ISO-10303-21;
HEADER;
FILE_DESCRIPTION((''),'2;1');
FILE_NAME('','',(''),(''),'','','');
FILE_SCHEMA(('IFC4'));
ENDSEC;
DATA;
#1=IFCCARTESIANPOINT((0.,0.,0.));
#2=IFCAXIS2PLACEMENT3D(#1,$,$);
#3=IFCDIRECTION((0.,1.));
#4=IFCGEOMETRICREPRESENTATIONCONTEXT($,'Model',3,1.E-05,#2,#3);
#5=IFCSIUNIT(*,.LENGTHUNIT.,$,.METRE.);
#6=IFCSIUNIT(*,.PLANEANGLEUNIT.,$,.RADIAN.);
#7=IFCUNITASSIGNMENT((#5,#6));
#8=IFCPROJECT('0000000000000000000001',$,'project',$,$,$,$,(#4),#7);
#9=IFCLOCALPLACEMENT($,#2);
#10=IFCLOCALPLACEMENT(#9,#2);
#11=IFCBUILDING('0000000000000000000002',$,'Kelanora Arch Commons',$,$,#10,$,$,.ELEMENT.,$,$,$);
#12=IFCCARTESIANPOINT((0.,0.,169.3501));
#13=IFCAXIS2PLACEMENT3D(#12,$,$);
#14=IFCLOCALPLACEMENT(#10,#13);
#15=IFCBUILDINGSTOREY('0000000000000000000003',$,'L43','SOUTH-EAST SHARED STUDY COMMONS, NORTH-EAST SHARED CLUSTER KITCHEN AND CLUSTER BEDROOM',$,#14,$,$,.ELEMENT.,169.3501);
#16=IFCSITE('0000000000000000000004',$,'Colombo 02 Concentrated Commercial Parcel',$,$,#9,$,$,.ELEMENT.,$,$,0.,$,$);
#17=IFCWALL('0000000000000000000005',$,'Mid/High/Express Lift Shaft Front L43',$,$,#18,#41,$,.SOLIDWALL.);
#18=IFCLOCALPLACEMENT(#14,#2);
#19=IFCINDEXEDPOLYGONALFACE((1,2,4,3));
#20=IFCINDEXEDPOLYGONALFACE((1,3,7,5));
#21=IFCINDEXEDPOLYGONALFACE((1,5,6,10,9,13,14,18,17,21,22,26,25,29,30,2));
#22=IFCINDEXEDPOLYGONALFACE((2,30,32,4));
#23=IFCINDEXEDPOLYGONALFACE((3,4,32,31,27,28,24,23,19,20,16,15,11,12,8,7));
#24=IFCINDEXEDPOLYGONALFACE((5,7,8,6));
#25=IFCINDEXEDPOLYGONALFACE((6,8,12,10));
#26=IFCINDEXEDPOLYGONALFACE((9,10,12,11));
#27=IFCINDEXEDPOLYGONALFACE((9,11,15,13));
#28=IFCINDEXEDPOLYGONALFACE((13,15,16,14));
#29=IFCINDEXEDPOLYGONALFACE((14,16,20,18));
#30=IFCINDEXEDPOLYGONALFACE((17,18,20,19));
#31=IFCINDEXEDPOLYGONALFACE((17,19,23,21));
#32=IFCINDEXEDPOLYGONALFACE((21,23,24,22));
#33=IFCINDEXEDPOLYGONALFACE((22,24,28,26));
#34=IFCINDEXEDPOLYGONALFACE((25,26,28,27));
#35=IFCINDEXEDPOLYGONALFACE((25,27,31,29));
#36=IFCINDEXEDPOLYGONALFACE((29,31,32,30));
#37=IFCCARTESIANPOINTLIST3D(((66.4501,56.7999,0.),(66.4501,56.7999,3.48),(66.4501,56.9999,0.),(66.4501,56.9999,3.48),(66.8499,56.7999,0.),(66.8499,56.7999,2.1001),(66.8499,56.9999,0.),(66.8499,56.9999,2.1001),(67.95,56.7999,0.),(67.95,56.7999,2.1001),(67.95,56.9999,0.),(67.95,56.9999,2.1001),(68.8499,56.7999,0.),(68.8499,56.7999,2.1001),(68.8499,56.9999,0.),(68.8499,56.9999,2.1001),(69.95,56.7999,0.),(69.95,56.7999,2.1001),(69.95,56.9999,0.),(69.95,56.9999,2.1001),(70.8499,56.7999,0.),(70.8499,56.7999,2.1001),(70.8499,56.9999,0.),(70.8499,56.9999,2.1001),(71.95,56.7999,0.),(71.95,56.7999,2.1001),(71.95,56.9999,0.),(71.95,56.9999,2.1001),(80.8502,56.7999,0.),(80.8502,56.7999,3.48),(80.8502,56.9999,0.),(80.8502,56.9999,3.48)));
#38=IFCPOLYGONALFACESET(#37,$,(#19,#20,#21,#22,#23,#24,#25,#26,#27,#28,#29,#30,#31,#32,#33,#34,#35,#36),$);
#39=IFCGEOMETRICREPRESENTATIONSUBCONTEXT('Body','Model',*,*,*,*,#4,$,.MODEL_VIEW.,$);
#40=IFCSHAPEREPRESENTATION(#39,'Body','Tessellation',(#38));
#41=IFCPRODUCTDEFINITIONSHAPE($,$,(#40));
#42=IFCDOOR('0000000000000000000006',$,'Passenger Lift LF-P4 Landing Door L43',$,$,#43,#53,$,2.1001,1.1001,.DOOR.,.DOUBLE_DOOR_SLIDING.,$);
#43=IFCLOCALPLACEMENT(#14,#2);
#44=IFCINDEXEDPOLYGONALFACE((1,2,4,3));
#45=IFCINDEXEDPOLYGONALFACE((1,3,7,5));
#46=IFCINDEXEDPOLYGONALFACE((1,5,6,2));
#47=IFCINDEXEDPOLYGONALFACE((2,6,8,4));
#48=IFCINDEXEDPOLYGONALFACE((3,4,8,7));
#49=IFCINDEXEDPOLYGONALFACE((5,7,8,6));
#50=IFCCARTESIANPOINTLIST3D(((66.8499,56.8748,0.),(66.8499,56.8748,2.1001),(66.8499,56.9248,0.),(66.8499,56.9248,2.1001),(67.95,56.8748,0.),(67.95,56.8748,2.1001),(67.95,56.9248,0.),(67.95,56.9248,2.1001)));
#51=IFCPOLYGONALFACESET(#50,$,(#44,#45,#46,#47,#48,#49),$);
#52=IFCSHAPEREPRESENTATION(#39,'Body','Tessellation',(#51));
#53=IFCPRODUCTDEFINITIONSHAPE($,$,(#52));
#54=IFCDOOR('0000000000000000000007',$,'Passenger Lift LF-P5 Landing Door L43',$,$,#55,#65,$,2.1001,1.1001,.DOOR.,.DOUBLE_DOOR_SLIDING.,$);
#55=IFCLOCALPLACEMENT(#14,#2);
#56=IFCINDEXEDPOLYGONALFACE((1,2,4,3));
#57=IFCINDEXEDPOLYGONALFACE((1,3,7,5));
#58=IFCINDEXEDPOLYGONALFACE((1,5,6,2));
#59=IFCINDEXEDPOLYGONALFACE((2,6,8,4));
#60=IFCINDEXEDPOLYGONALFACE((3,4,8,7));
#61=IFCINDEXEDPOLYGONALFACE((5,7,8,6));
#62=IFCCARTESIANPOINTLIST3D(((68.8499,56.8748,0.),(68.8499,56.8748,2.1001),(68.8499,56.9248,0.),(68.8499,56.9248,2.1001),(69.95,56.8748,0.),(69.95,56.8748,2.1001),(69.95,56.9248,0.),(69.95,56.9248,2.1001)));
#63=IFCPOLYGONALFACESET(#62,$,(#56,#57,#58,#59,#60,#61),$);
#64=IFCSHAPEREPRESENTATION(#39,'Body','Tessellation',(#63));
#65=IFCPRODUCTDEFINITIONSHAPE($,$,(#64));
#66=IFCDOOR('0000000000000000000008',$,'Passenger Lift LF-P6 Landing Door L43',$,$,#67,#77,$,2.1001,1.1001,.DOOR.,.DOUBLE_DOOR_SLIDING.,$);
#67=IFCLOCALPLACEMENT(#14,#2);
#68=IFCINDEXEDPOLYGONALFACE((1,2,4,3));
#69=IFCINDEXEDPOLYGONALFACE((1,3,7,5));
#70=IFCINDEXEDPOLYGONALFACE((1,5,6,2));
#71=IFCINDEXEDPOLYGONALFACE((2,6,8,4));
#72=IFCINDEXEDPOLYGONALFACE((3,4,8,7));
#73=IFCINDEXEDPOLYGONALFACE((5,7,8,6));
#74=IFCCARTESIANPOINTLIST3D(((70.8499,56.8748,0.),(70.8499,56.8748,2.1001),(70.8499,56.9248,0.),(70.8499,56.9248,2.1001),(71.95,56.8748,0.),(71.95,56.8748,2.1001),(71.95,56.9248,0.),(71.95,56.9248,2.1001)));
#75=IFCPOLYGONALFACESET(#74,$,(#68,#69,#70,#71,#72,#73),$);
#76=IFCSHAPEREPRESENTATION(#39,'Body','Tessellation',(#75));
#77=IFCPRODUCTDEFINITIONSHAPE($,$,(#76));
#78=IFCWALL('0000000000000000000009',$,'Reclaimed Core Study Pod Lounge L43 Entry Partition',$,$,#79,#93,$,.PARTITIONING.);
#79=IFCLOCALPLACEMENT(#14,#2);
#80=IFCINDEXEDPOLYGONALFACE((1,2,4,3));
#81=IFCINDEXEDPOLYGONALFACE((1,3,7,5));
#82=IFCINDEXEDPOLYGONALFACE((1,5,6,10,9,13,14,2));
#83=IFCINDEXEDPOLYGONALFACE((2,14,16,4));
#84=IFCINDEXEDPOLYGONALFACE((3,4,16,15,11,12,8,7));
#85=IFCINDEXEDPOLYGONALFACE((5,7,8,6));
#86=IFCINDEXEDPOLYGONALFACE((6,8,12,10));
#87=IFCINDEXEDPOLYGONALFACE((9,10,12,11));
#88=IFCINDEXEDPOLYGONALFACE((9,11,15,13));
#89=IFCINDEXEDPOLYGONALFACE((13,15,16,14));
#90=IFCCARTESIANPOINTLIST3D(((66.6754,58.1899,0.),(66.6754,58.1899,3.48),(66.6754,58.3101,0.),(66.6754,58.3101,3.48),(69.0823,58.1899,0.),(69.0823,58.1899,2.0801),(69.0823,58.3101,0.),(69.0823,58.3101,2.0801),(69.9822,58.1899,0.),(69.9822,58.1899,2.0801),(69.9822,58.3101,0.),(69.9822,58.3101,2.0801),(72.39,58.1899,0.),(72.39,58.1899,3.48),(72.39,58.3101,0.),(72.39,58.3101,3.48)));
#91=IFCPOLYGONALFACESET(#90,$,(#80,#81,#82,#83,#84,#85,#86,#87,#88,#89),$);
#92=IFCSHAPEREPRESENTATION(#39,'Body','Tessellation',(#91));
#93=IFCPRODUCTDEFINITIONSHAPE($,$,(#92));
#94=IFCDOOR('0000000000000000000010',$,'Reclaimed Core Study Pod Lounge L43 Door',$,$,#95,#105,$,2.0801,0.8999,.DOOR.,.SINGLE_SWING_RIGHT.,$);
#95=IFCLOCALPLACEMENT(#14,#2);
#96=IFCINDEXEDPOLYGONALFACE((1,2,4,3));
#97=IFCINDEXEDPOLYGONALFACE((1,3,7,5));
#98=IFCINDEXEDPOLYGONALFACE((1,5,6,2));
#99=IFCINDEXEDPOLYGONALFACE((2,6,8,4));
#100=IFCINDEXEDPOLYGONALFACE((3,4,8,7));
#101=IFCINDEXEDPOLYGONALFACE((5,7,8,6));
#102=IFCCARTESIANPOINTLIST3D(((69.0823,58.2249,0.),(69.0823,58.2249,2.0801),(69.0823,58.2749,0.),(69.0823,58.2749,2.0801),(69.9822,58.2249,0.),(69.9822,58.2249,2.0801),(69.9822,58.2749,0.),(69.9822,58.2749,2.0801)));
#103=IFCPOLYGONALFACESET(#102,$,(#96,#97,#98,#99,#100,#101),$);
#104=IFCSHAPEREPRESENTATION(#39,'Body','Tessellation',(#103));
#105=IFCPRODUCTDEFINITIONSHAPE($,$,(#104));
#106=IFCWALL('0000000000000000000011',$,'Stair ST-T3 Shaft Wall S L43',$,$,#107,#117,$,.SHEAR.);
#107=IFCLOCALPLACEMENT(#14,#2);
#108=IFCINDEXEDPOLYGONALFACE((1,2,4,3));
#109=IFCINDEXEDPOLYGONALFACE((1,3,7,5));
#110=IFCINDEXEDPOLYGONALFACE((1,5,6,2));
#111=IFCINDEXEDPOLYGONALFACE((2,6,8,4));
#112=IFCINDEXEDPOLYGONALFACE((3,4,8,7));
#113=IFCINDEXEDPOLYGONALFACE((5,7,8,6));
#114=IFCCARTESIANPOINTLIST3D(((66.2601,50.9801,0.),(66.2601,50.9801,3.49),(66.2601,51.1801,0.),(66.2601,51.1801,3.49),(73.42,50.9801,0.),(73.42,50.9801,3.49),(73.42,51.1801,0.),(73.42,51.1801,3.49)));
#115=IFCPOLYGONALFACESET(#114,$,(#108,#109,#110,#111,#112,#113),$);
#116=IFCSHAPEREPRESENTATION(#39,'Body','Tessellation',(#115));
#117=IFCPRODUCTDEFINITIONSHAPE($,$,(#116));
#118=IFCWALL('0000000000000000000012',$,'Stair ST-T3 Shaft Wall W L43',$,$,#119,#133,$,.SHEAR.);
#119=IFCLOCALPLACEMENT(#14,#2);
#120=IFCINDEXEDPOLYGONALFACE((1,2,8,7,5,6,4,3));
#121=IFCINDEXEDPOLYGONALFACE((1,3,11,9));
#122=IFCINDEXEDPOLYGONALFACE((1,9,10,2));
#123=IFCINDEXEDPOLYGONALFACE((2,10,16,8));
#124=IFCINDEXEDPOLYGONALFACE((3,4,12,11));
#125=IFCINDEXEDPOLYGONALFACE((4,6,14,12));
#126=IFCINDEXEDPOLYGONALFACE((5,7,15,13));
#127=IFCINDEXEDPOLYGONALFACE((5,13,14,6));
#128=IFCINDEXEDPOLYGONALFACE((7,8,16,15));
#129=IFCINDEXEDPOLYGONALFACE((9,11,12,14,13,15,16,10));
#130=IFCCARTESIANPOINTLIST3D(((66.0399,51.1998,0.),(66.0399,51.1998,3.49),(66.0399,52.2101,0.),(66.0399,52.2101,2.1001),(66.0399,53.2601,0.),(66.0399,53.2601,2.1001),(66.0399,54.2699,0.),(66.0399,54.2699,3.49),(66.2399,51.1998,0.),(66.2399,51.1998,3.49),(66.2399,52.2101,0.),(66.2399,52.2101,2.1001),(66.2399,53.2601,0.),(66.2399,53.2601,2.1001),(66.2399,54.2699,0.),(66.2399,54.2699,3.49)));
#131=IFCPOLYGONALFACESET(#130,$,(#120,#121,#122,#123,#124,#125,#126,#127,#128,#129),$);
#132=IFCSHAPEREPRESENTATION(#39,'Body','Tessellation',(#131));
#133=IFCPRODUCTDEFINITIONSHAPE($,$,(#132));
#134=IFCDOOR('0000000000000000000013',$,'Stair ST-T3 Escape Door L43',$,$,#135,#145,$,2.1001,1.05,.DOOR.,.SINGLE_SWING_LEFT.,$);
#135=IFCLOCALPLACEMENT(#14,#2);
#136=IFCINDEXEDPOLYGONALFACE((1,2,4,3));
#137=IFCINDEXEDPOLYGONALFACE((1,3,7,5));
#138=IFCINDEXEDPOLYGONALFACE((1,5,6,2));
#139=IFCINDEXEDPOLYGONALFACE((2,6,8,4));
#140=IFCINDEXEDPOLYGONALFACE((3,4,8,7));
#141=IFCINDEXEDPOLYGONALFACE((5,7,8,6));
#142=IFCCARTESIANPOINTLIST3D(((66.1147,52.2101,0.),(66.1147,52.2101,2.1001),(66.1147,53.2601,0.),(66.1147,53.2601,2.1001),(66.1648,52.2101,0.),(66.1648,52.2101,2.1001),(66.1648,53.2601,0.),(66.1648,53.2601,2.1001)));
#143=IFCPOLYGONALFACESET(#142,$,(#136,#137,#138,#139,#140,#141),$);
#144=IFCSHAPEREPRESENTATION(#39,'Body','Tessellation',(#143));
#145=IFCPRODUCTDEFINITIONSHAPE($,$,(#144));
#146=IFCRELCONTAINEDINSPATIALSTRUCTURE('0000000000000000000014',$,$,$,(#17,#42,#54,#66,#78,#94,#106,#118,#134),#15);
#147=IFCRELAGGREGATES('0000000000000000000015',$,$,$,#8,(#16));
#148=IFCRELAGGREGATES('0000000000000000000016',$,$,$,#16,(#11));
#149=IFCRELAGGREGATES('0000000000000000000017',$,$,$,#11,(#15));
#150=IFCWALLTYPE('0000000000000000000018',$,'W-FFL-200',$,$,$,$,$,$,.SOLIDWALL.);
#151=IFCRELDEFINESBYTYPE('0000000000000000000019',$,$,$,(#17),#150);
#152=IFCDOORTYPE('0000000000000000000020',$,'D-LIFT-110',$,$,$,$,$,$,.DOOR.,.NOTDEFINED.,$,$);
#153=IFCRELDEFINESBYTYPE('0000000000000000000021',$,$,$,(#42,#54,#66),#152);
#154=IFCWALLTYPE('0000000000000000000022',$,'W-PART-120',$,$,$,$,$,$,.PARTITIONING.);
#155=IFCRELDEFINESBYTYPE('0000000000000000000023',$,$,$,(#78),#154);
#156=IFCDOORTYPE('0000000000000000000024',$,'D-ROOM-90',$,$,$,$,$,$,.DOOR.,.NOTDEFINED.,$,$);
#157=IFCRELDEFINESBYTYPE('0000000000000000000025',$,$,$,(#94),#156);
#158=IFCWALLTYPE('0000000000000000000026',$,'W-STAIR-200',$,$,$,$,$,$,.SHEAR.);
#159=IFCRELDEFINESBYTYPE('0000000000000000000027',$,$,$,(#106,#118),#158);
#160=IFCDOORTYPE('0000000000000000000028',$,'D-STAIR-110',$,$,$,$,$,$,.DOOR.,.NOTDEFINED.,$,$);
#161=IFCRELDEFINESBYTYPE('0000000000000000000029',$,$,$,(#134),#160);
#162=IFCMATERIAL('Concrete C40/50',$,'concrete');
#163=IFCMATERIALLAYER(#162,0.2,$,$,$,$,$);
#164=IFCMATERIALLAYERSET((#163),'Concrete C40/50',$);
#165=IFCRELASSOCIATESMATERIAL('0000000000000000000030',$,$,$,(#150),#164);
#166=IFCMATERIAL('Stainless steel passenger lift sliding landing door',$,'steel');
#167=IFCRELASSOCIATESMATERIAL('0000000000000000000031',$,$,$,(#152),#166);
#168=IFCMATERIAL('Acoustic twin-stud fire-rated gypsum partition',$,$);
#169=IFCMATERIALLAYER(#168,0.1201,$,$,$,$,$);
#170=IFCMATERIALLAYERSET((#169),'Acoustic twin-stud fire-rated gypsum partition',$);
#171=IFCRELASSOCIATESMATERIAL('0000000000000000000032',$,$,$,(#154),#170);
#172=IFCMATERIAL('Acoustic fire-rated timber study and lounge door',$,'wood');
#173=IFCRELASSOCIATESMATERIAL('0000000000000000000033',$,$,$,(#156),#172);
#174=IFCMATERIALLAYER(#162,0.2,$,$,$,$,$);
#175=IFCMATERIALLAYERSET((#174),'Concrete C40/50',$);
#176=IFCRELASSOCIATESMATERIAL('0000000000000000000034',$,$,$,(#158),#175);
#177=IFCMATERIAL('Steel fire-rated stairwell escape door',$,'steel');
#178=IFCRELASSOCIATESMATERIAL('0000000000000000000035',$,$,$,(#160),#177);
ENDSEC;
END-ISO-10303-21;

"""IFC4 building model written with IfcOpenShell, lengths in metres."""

from ifc_helpers import new_model, si_unit, direction, frame, frame_2d, origin, place, context, subcontext, project, spatial, rectangle, extrude, material, layer, layer_set, type_object, element, fill, save


model = new_model("IFC4")

# Units and contexts
model_context = context("Model", 3, precision=1e-05, world=origin(), true_north=direction((0.0, 1.0)))
body_context = subcontext(model_context, "Body", "Model", "MODEL_VIEW")
ifc_project = project(units=[si_unit("LENGTHUNIT", "METRE"), si_unit("PLANEANGLEUNIT", "RADIAN")], contexts=[model_context])

# Site, building, storey
site_placement = place(None, origin())
site = spatial("IfcSite", under=ifc_project, at=site_placement, Name="Colombo 02 Concentrated Commercial Parcel", CompositionType="ELEMENT", RefElevation=0.0)
building_placement = place(site_placement, origin())
building = spatial("IfcBuilding", under=site, at=building_placement, Name="Kelanora Arch Commons", CompositionType="ELEMENT")
storey_placement = place(building_placement, frame((0.0, 0.0, 169.3501)))
storey = spatial("IfcBuildingStorey", under=building, at=storey_placement, Name="L43", Description="SOUTH-EAST SHARED STUDY COMMONS, NORTH-EAST SHARED CLUSTER KITCHEN AND CLUSTER BEDROOM", CompositionType="ELEMENT", Elevation=169.3501)

# Wall, openings, doors
ifc_material_1 = material(Name="Concrete C40/50", Category="concrete")
ifc_layer_1 = layer(ifc_material_1, 0.2)
ifc_layer_set_1 = layer_set([ifc_layer_1], Name="Concrete C40/50")
wall_type_1 = type_object("IfcWallType", Name="W-FFL-200", PredefinedType="SOLIDWALL", material=ifc_layer_set_1)
wall_1_placement = place(storey_placement, frame((66.45, 56.8999, 0.0), z_axis=(0.0, 0.0, 1.0), x_axis=(1.0, 0.0, 0.0)))
wall_1 = element("IfcWall", 1, at=wall_1_placement, inside=storey, type_object=wall_type_1, Name="Mid/High/Express Lift Shaft Front L43", PredefinedType="SOLIDWALL", context=body_context, shape_type="SweptSolid", body=[
    extrude(rectangle(XDim=14.4001, YDim=0.2, at=frame_2d((7.2002, 0.0))), origin(), (0.0, 0.0, 1.0), 3.48),
])
opening_1_placement = place(wall_1_placement, frame((0.3999, 0.0, 0.0)))
opening_1 = element("IfcOpeningElement", 2, at=opening_1_placement, cuts=wall_1, PredefinedType="OPENING", context=body_context, shape_type="SweptSolid", body=[
    extrude(rectangle(XDim=1.1001, YDim=2.1001, at=frame_2d((0.55, 1.05))), frame((0.0, 0.1099, 0.0), z_axis=(0.0, -1.0, 0.0), x_axis=(1.0, 0.0, 0.0)), (0.0, 0.0, 1.0), 0.22),
])
opening_2_placement = place(wall_1_placement, frame((2.3999, 0.0, 0.0)))
opening_2 = element("IfcOpeningElement", 3, at=opening_2_placement, cuts=wall_1, PredefinedType="OPENING", context=body_context, shape_type="SweptSolid", body=[
    extrude(rectangle(XDim=1.1001, YDim=2.1001, at=frame_2d((0.55, 1.05))), frame((0.0, 0.1099, 0.0), z_axis=(0.0, -1.0, 0.0), x_axis=(1.0, 0.0, 0.0)), (0.0, 0.0, 1.0), 0.22),
])
opening_3_placement = place(wall_1_placement, frame((4.3999, 0.0, 0.0)))
opening_3 = element("IfcOpeningElement", 4, at=opening_3_placement, cuts=wall_1, PredefinedType="OPENING", context=body_context, shape_type="SweptSolid", body=[
    extrude(rectangle(XDim=1.1001, YDim=2.1001, at=frame_2d((0.55, 1.05))), frame((0.0, 0.1099, 0.0), z_axis=(0.0, -1.0, 0.0), x_axis=(1.0, 0.0, 0.0)), (0.0, 0.0, 1.0), 0.22),
])
ifc_material_2 = material(Name="Stainless steel passenger lift sliding landing door", Category="steel")
door_type_1 = type_object("IfcDoorType", Name="D-LIFT-110", OperationType="NOTDEFINED", PredefinedType="DOOR", material=ifc_material_2)
door_1_placement = place(opening_1_placement, origin())
door_1 = element("IfcDoor", 5, at=door_1_placement, inside=storey, type_object=door_type_1, Name="Passenger Lift LF-P4 Landing Door L43", OperationType="DOUBLE_DOOR_SLIDING", OverallHeight=2.1001, OverallWidth=1.1001, PredefinedType="DOOR", context=body_context, shape_type="SweptSolid", body=[
    extrude(rectangle(XDim=1.1001, YDim=2.1001, at=frame_2d((0.55, 1.05))), frame((0.0, 0.0249, 0.0), z_axis=(0.0, -1.0, 0.0), x_axis=(1.0, 0.0, 0.0)), (0.0, 0.0, 1.0), 0.05),
])
fill(opening_1, door_1)
door_2_placement = place(opening_2_placement, origin())
door_2 = element("IfcDoor", 6, at=door_2_placement, inside=storey, type_object=door_type_1, Name="Passenger Lift LF-P5 Landing Door L43", OperationType="DOUBLE_DOOR_SLIDING", OverallHeight=2.1001, OverallWidth=1.1001, PredefinedType="DOOR", context=body_context, shape_type="SweptSolid", body=[
    extrude(rectangle(XDim=1.1001, YDim=2.1001, at=frame_2d((0.55, 1.05))), frame((0.0, 0.0249, 0.0), z_axis=(0.0, -1.0, 0.0), x_axis=(1.0, 0.0, 0.0)), (0.0, 0.0, 1.0), 0.05),
])
fill(opening_2, door_2)
door_3_placement = place(opening_3_placement, origin())
door_3 = element("IfcDoor", 7, at=door_3_placement, inside=storey, type_object=door_type_1, Name="Passenger Lift LF-P6 Landing Door L43", OperationType="DOUBLE_DOOR_SLIDING", OverallHeight=2.1001, OverallWidth=1.1001, PredefinedType="DOOR", context=body_context, shape_type="SweptSolid", body=[
    extrude(rectangle(XDim=1.1001, YDim=2.1001, at=frame_2d((0.55, 1.05))), frame((0.0, 0.0249, 0.0), z_axis=(0.0, -1.0, 0.0), x_axis=(1.0, 0.0, 0.0)), (0.0, 0.0, 1.0), 0.05),
])
fill(opening_3, door_3)

# Wall, opening, door
ifc_material_3 = material(Name="Acoustic twin-stud fire-rated gypsum partition")
ifc_layer_2 = layer(ifc_material_3, 0.1201)
ifc_layer_set_2 = layer_set([ifc_layer_2], Name="Acoustic twin-stud fire-rated gypsum partition")
wall_type_2 = type_object("IfcWallType", Name="W-PART-120", PredefinedType="PARTITIONING", material=ifc_layer_set_2)
wall_2_placement = place(storey_placement, frame((66.6753, 58.25, 0.0), z_axis=(0.0, 0.0, 1.0), x_axis=(1.0, 0.0, 0.0)))
wall_2 = element("IfcWall", 8, at=wall_2_placement, inside=storey, type_object=wall_type_2, Name="Reclaimed Core Study Pod Lounge L43 Entry Partition", PredefinedType="PARTITIONING", context=body_context, shape_type="SweptSolid", body=[
    extrude(rectangle(XDim=5.7146, YDim=0.1201, at=frame_2d((2.8574, 0.0))), origin(), (0.0, 0.0, 1.0), 3.48),
])
opening_4_placement = place(wall_2_placement, frame((2.407, 0.0, 0.0)))
opening_4 = element("IfcOpeningElement", 9, at=opening_4_placement, cuts=wall_2, PredefinedType="OPENING", context=body_context, shape_type="SweptSolid", body=[
    extrude(rectangle(XDim=0.8999, YDim=2.0801, at=frame_2d((0.45, 1.04))), frame((0.0, 0.0701, 0.0), z_axis=(0.0, -1.0, 0.0), x_axis=(1.0, 0.0, 0.0)), (0.0, 0.0, 1.0), 0.1401),
])
ifc_material_4 = material(Name="Acoustic fire-rated timber study and lounge door", Category="wood")
door_type_2 = type_object("IfcDoorType", Name="D-ROOM-90", OperationType="NOTDEFINED", PredefinedType="DOOR", material=ifc_material_4)
door_4_placement = place(opening_4_placement, origin())
door_4 = element("IfcDoor", 10, at=door_4_placement, inside=storey, type_object=door_type_2, Name="Reclaimed Core Study Pod Lounge L43 Door", OperationType="SINGLE_SWING_RIGHT", OverallHeight=2.0801, OverallWidth=0.8999, PredefinedType="DOOR", context=body_context, shape_type="SweptSolid", body=[
    extrude(rectangle(XDim=0.8999, YDim=2.0801, at=frame_2d((0.45, 1.04))), frame((0.0, 0.0249, 0.0), z_axis=(0.0, -1.0, 0.0), x_axis=(1.0, 0.0, 0.0)), (0.0, 0.0, 1.0), 0.05),
])
fill(opening_4, door_4)

# Wall
ifc_layer_3 = layer(ifc_material_1, 0.2)
ifc_layer_set_3 = layer_set([ifc_layer_3], Name="Concrete C40/50")
wall_type_3 = type_object("IfcWallType", Name="W-STAIR-200", PredefinedType="SHEAR", material=ifc_layer_set_3)
wall_3_placement = place(storey_placement, frame((66.26, 51.0801, 0.0), z_axis=(0.0, 0.0, 1.0), x_axis=(1.0, 0.0, 0.0)))
element("IfcWall", 11, at=wall_3_placement, inside=storey, type_object=wall_type_3, Name="Stair ST-T3 Shaft Wall S L43", PredefinedType="SHEAR", context=body_context, shape_type="SweptSolid", body=[
    extrude(rectangle(XDim=7.1599, YDim=0.2, at=frame_2d((3.5801, 0.0))), origin(), (0.0, 0.0, 1.0), 3.49),
])

# Wall, opening, door
wall_4_placement = place(storey_placement, frame((66.1399, 54.27, 0.0), z_axis=(0.0, 0.0, 1.0), x_axis=(0.0, -1.0, 0.0)))
wall_4 = element("IfcWall", 12, at=wall_4_placement, inside=storey, type_object=wall_type_3, Name="Stair ST-T3 Shaft Wall W L43", PredefinedType="SHEAR", context=body_context, shape_type="SweptSolid", body=[
    extrude(rectangle(XDim=3.0701, YDim=0.2, at=frame_2d((1.5352, 0.0))), origin(), (0.0, 0.0, 1.0), 3.49),
])
opening_5_placement = place(wall_4_placement, frame((1.01, 0.0, 0.0)))
opening_5 = element("IfcOpeningElement", 13, at=opening_5_placement, cuts=wall_4, PredefinedType="OPENING", context=body_context, shape_type="SweptSolid", body=[
    extrude(rectangle(XDim=1.05, YDim=2.1001, at=frame_2d((0.5249, 1.05))), frame((0.0, 0.1099, 0.0), z_axis=(0.0, -1.0, 0.0), x_axis=(1.0, 0.0, 0.0)), (0.0, 0.0, 1.0), 0.22),
])
ifc_material_5 = material(Name="Steel fire-rated stairwell escape door", Category="steel")
door_type_3 = type_object("IfcDoorType", Name="D-STAIR-110", OperationType="NOTDEFINED", PredefinedType="DOOR", material=ifc_material_5)
door_5_placement = place(opening_5_placement, origin())
door_5 = element("IfcDoor", 14, at=door_5_placement, inside=storey, type_object=door_type_3, Name="Stair ST-T3 Escape Door L43", OperationType="SINGLE_SWING_LEFT", OverallHeight=2.1001, OverallWidth=1.05, PredefinedType="DOOR", context=body_context, shape_type="SweptSolid", body=[
    extrude(rectangle(XDim=1.05, YDim=2.1001, at=frame_2d((0.5249, 1.05))), frame((0.0, 0.0249, 0.0), z_axis=(0.0, -1.0, 0.0), x_axis=(1.0, 0.0, 0.0)), (0.0, 0.0, 1.0), 0.05),
])
fill(opening_5, door_5)

save(model, "model.ifc")
